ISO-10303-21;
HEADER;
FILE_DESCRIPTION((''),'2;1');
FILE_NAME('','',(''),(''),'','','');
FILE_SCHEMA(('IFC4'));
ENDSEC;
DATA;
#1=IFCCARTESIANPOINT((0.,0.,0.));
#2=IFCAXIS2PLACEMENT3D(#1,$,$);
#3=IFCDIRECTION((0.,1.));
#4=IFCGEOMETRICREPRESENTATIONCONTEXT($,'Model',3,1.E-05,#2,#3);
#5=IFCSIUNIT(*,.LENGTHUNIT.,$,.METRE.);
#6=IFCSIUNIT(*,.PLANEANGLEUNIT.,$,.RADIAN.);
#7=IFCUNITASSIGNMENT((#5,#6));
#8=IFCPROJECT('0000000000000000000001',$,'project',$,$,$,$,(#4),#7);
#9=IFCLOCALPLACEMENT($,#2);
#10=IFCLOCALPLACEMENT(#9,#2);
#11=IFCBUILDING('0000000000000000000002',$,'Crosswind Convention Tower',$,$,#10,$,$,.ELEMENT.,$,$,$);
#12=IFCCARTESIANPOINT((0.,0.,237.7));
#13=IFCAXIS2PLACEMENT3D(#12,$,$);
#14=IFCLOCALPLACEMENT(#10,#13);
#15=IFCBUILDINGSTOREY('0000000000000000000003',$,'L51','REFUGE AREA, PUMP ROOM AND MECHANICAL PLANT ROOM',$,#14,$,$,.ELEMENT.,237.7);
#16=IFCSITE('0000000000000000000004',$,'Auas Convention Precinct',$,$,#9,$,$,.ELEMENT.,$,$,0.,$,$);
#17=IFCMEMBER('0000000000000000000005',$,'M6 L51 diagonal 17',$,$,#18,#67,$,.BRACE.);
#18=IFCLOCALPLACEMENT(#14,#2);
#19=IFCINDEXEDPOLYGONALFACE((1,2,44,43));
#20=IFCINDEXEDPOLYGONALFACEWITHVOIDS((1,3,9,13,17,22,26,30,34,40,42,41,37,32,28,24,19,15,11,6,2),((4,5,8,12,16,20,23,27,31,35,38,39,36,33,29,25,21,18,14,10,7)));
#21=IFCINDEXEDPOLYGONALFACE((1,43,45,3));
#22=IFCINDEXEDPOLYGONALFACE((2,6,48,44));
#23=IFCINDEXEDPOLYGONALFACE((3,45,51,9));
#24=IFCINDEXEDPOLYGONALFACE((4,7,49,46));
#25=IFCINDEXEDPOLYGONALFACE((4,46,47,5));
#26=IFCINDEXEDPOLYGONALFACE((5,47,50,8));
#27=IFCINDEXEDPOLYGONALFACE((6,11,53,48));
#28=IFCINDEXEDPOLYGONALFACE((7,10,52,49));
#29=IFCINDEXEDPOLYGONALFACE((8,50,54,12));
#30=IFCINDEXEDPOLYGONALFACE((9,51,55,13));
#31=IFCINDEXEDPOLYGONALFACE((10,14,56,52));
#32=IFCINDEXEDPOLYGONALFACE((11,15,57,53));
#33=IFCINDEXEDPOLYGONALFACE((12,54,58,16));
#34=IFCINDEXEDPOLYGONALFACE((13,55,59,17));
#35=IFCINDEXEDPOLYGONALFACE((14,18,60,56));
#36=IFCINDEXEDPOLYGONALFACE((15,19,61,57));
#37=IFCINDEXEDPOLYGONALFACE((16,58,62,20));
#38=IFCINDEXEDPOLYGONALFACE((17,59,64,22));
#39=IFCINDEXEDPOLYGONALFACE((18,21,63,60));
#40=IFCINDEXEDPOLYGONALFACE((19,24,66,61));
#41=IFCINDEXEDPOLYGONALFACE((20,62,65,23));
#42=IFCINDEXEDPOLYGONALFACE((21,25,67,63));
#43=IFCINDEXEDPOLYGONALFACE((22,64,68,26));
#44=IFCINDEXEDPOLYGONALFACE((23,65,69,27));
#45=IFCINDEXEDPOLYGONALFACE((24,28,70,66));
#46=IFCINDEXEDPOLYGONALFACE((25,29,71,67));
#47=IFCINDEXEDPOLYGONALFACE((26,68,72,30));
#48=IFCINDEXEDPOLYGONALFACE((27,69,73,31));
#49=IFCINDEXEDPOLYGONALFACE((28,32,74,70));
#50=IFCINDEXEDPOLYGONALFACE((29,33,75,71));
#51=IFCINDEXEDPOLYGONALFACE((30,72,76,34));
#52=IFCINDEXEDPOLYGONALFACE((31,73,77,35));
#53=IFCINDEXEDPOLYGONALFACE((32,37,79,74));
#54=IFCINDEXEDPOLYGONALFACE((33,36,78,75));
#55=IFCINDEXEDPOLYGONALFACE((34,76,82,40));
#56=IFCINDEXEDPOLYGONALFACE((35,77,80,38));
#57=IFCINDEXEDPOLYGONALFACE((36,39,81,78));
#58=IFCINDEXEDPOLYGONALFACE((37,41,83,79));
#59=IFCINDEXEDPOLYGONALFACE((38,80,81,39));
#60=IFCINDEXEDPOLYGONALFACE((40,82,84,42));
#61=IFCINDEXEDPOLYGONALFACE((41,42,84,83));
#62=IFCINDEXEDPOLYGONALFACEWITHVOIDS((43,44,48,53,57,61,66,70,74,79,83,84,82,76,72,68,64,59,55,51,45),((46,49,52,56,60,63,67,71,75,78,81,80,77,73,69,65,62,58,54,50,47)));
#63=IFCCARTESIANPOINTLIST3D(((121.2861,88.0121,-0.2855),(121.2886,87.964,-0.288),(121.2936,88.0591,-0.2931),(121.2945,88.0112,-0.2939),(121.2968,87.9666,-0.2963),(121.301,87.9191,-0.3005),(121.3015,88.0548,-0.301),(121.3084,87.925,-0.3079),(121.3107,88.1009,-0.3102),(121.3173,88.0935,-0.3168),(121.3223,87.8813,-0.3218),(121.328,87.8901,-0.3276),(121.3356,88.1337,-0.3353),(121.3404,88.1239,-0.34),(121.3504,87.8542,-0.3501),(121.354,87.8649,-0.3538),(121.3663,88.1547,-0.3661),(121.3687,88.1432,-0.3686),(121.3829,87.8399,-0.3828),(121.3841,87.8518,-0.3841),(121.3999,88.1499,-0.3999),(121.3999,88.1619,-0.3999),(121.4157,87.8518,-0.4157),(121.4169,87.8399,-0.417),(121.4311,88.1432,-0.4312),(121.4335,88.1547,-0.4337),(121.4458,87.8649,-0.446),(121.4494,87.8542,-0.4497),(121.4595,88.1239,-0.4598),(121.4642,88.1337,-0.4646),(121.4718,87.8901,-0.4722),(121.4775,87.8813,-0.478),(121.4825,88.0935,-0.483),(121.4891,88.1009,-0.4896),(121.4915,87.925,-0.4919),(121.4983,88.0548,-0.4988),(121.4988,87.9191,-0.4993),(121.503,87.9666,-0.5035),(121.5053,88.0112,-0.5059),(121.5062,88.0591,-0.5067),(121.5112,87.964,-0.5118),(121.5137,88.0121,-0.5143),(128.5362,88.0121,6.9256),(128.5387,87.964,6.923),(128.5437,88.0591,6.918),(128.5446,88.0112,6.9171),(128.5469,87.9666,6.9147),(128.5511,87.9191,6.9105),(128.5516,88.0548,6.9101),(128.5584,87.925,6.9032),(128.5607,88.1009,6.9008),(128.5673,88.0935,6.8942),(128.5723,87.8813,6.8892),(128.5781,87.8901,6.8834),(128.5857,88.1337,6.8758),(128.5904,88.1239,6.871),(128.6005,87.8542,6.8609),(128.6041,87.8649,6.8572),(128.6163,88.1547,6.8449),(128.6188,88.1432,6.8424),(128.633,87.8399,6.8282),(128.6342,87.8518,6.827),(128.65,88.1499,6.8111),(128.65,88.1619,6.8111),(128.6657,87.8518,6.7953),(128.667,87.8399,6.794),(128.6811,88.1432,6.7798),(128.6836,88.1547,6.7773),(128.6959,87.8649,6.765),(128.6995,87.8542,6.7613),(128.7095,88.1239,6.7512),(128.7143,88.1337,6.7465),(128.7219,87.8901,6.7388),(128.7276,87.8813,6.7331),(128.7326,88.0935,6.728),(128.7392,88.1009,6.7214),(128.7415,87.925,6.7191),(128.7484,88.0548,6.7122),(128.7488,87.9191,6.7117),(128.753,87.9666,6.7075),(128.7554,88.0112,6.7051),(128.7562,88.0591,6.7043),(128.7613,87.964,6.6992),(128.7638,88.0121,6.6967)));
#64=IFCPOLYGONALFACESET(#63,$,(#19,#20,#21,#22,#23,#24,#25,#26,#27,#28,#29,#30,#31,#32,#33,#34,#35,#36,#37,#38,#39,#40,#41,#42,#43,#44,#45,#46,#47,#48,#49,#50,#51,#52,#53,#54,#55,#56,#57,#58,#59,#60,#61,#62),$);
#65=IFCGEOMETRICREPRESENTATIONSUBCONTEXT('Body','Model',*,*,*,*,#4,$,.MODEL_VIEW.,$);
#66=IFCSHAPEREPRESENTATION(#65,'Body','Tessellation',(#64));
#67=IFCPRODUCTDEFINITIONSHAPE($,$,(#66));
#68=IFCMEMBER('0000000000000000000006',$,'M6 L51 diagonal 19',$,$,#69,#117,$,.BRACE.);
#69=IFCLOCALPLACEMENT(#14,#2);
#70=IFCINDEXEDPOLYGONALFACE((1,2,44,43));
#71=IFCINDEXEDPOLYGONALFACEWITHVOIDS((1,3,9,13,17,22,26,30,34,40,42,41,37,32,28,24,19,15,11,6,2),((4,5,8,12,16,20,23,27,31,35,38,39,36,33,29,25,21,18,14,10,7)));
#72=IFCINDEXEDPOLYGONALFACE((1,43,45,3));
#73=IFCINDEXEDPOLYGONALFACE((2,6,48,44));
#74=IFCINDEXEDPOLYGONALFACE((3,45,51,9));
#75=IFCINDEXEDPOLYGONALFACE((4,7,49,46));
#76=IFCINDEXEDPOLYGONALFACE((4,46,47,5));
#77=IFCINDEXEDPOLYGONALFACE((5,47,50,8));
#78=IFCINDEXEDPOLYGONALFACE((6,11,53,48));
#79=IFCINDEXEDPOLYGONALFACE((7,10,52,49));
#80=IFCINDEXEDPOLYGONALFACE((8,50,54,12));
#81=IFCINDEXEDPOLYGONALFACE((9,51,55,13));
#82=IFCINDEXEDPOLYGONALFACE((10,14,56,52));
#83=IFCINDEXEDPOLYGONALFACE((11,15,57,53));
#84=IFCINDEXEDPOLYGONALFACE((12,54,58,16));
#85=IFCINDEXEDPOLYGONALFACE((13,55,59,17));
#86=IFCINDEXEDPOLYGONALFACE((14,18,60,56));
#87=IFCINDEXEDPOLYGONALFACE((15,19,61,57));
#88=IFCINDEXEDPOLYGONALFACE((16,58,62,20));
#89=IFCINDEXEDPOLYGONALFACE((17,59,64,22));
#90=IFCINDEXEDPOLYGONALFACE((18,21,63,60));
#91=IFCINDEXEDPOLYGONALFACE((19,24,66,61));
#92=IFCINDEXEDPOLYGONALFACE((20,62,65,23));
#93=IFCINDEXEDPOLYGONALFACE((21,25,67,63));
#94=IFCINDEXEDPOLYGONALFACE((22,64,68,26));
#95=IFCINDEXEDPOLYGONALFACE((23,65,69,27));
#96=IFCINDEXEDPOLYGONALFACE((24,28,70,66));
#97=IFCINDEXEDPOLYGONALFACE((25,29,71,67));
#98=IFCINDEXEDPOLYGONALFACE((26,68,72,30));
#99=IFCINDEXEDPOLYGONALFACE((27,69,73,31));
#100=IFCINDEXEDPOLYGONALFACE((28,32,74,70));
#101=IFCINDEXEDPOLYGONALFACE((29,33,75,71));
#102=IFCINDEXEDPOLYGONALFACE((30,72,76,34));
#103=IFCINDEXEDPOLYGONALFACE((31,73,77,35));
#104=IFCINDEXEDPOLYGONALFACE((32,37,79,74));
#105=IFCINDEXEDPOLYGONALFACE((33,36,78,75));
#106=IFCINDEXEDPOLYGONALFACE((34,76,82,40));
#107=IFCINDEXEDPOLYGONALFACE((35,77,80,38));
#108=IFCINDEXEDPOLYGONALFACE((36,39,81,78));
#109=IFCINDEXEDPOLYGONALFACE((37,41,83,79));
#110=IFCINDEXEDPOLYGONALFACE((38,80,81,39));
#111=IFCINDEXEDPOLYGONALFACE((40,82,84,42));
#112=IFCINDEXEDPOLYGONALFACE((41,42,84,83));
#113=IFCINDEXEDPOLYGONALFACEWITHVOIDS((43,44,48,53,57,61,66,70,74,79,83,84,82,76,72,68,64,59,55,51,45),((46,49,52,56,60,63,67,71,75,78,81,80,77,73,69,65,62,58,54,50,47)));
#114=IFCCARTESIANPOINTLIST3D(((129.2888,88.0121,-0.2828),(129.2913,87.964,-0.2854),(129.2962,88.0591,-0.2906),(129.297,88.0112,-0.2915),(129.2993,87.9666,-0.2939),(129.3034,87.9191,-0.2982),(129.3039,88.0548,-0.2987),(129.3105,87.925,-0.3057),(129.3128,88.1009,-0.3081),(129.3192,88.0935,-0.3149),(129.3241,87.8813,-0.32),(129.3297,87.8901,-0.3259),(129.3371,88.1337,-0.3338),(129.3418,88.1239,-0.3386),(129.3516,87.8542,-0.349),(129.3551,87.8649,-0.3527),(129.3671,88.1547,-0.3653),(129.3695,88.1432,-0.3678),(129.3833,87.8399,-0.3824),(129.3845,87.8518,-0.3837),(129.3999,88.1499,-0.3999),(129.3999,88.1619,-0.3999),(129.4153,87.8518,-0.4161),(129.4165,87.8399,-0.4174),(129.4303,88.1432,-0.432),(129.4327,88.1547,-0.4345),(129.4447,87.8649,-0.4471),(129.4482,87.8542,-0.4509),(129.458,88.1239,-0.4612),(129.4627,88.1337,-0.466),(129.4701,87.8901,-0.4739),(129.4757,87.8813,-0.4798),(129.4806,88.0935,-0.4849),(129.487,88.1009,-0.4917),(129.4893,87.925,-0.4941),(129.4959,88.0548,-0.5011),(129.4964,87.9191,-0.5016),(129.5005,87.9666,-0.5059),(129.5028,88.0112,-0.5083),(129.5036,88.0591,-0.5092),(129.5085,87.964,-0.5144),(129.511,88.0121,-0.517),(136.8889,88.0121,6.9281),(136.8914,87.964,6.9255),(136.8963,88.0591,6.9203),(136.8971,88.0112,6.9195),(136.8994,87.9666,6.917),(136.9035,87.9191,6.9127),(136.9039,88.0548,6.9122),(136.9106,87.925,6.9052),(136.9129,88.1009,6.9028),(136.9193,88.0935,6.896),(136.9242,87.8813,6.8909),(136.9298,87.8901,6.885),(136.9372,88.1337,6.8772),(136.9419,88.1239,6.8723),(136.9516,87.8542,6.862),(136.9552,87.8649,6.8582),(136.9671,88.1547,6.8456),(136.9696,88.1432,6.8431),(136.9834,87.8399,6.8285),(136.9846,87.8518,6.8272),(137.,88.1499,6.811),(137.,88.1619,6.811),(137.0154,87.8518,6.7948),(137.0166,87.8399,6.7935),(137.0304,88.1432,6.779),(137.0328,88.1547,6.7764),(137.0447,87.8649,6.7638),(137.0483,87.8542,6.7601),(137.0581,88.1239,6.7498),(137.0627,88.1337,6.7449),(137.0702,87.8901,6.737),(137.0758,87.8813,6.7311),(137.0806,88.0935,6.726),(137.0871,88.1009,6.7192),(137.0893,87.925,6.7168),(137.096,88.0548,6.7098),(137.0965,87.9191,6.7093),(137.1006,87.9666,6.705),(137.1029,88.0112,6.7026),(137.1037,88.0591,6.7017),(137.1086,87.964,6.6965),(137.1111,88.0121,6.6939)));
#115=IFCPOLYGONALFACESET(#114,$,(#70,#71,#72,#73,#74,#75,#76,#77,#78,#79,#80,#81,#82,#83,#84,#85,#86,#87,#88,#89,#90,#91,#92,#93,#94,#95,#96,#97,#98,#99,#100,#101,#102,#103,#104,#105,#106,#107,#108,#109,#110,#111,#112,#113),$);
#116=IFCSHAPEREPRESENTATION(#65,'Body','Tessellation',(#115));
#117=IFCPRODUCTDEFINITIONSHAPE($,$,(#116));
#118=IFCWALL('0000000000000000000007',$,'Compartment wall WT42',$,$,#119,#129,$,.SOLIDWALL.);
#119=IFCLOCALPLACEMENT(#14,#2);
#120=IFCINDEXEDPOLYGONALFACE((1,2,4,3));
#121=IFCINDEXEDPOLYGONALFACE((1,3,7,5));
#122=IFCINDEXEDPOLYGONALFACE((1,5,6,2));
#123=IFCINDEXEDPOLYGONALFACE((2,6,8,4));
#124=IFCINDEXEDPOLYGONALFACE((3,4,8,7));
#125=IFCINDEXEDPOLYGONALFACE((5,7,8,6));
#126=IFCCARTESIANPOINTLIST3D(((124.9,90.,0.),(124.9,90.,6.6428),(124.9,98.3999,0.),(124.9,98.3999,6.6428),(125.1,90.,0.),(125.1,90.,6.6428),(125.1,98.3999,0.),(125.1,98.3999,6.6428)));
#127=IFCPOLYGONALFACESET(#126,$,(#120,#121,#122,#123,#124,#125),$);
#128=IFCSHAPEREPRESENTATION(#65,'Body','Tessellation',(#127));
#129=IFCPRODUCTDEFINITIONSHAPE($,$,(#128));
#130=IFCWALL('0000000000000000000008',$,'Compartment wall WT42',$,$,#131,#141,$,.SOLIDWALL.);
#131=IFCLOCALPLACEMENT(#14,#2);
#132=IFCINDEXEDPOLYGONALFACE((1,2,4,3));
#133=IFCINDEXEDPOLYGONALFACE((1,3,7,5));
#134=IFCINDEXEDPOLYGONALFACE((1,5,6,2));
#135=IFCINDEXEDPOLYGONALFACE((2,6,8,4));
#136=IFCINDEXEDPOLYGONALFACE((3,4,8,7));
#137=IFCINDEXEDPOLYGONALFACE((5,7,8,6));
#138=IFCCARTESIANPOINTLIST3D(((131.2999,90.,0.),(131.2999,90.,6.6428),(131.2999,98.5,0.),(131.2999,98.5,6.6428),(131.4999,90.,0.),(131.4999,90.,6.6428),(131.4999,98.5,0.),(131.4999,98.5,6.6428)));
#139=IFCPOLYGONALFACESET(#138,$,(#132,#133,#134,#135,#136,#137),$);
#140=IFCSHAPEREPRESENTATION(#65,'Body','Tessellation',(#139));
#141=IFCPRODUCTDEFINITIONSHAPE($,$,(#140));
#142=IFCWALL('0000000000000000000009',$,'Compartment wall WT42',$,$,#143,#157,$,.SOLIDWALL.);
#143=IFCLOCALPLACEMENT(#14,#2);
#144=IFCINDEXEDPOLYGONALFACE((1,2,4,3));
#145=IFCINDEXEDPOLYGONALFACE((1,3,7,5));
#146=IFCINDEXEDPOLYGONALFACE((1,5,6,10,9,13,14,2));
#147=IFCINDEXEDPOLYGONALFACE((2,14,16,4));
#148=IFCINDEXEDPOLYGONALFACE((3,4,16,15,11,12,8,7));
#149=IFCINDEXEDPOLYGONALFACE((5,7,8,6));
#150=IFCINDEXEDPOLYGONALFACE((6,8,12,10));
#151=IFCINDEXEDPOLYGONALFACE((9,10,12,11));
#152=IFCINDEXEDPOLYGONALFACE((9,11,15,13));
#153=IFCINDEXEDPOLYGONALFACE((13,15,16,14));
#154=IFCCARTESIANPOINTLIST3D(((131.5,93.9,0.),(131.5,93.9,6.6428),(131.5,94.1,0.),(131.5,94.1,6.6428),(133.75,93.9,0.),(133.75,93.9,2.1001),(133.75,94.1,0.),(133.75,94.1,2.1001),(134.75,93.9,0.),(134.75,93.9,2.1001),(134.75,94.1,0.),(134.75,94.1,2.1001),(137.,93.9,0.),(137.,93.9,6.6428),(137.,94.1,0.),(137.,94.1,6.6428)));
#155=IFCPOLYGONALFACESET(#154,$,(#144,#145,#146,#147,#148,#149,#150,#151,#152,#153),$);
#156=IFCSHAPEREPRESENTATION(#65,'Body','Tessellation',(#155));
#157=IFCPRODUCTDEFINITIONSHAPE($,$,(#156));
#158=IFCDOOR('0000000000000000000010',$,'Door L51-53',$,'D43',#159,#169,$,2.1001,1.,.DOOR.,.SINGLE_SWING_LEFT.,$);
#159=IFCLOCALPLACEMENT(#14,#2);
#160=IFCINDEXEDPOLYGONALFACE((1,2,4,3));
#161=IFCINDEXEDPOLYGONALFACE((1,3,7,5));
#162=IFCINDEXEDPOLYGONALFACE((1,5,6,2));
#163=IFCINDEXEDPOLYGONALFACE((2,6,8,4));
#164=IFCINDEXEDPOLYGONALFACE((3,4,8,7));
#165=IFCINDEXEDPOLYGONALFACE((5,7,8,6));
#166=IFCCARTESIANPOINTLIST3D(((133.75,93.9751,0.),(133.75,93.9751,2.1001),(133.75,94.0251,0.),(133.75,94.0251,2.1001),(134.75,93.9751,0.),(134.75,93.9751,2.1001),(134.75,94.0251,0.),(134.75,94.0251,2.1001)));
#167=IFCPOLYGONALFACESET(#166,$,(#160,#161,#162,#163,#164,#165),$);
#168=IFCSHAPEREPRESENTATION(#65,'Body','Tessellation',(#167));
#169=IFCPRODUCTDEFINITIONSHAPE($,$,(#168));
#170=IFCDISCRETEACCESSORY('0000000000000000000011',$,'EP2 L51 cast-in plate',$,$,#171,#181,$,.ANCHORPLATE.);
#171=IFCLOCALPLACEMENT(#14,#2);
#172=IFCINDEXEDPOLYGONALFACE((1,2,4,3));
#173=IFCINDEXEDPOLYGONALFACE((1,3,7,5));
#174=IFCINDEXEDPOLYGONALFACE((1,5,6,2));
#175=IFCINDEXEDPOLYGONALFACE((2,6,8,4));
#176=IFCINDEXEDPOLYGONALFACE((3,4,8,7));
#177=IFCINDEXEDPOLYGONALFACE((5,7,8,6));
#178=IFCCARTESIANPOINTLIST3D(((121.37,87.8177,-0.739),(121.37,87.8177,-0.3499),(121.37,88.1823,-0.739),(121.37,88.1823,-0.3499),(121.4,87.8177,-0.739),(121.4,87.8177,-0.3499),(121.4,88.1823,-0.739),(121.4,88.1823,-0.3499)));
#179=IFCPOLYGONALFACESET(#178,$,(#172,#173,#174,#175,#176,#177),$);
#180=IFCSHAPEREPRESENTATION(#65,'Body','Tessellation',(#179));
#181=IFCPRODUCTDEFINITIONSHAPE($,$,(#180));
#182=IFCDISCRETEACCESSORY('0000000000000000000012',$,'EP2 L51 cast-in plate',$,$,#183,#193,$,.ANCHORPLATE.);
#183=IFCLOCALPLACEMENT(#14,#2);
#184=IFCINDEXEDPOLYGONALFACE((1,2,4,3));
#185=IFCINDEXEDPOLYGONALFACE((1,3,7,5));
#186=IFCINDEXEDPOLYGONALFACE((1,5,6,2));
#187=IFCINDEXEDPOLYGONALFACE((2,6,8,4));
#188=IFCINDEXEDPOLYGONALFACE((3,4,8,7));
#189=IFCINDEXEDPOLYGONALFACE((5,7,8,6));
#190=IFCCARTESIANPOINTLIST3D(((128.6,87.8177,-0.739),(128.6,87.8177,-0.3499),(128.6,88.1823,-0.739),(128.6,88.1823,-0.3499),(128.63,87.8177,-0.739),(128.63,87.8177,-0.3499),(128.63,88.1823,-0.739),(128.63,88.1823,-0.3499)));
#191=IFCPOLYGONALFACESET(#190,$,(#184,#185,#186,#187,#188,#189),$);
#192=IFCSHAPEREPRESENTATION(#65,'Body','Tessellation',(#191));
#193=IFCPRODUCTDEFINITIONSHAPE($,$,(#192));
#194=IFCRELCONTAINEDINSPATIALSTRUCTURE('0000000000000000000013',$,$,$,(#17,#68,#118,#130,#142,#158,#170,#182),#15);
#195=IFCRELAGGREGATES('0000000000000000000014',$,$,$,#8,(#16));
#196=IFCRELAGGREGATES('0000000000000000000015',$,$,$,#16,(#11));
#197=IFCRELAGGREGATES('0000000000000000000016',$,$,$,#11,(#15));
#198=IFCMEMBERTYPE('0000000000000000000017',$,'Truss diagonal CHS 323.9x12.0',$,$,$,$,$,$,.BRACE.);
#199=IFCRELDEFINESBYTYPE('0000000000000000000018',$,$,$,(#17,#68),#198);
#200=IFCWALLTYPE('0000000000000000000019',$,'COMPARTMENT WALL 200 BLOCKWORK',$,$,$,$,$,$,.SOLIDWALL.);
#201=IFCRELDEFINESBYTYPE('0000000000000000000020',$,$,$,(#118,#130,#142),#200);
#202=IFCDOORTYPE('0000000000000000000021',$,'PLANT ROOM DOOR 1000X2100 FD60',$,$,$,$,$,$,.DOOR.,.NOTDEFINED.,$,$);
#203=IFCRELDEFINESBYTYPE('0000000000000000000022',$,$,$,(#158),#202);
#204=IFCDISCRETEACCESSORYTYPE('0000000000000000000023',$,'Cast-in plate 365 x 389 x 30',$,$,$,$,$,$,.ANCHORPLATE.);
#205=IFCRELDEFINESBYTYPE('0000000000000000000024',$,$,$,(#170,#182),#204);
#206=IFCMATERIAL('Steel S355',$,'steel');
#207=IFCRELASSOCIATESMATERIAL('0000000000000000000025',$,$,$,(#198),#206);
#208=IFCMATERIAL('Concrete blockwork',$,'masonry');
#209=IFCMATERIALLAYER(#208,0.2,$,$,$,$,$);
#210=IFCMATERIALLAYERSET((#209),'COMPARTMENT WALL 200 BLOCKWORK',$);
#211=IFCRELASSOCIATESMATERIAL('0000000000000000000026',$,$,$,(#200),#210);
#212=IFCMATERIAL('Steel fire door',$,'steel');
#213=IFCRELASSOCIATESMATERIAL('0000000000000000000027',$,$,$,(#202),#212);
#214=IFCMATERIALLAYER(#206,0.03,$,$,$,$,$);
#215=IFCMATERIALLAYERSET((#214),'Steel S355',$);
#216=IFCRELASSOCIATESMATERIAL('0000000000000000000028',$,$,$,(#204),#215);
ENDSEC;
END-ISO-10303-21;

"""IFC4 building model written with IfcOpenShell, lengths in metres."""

from ifc_helpers import new_model, si_unit, direction, frame, frame_2d, origin, origin_2d, place, context, subcontext, project, spatial, rectangle, hollow_circle, extrude, material, layer, layer_set, material_profile, profile_set, type_object, element, fill, save


model = new_model("IFC4")

# Units and contexts
model_context = context("Model", 3, precision=1e-05, world=origin(), true_north=direction((0.0, 1.0)))
body_context = subcontext(model_context, "Body", "Model", "MODEL_VIEW")
ifc_project = project(units=[si_unit("LENGTHUNIT", "METRE"), si_unit("PLANEANGLEUNIT", "RADIAN")], contexts=[model_context])

# Site, building, storey
site_placement = place(None, origin())
site = spatial("IfcSite", under=ifc_project, at=site_placement, Name="Auas Convention Precinct", CompositionType="ELEMENT", RefElevation=0.0)
building_placement = place(site_placement, origin())
building = spatial("IfcBuilding", under=site, at=building_placement, Name="Crosswind Convention Tower", CompositionType="ELEMENT")
storey_placement = place(building_placement, frame((0.0, 0.0, 237.7)))
storey = spatial("IfcBuildingStorey", under=building, at=storey_placement, Name="L51", Description="REFUGE AREA, PUMP ROOM AND MECHANICAL PLANT ROOM", CompositionType="ELEMENT", Elevation=237.7)

# Shared definitions
ifc_material_1 = material(Name="Steel S355", Category="steel")

# Members
ifc_material_profile_1 = material_profile(ifc_material_1, hollow_circle(Radius=0.1619, WallThickness=0.012, at=origin_2d()), Name="CHS 323.9x12.0")
ifc_profile_set_1 = profile_set([ifc_material_profile_1], Name="Steel S355")
member_type_1 = type_object("IfcMemberType", Name="Truss diagonal CHS 323.9x12.0", PredefinedType="BRACE", material=ifc_profile_set_1)
member_1_placement = place(storey_placement, frame((121.3999, 88.0, -0.3999), z_axis=(0.709014, 0.0, 0.705194), x_axis=(0.0, 1.0, 0.0)))
element("IfcMember", 1, at=member_1_placement, inside=storey, type_object=member_type_1, Name="M6 L51 diagonal 17", PredefinedType="BRACE", context=body_context, shape_type="SweptSolid", body=[
    extrude(hollow_circle(Radius=0.1619, WallThickness=0.012, at=origin_2d()), origin(), (0.0, 0.0, 1.0), 10.2256),
])
member_2_placement = place(storey_placement, frame((129.3999, 88.0, -0.3999), z_axis=(0.725436, 0.0, 0.68829), x_axis=(0.0, 1.0, 0.0)))
element("IfcMember", 2, at=member_2_placement, inside=storey, type_object=member_type_1, Name="M6 L51 diagonal 19", PredefinedType="BRACE", context=body_context, shape_type="SweptSolid", body=[
    extrude(hollow_circle(Radius=0.1619, WallThickness=0.012, at=origin_2d()), origin(), (0.0, 0.0, 1.0), 10.4766),
])

# Walls
ifc_material_2 = material(Name="Concrete blockwork", Category="masonry")
ifc_layer_1 = layer(ifc_material_2, 0.2)
ifc_layer_set_1 = layer_set([ifc_layer_1], Name="COMPARTMENT WALL 200 BLOCKWORK")
wall_type = type_object("IfcWallType", Name="COMPARTMENT WALL 200 BLOCKWORK", PredefinedType="SOLIDWALL", material=ifc_layer_set_1)
wall_1_placement = place(storey_placement, frame((125.0, 90.0, 0.0), z_axis=(0.0, 0.0, 1.0), x_axis=(0.0, 1.0, 0.0)))
element("IfcWall", 3, at=wall_1_placement, inside=storey, type_object=wall_type, Name="Compartment wall WT42", PredefinedType="SOLIDWALL", context=body_context, shape_type="SweptSolid", body=[
    extrude(rectangle(XDim=8.3999, YDim=0.2, at=frame_2d((4.2, 0.0))), origin(), (0.0, 0.0, 1.0), 6.6428),
])
wall_2_placement = place(storey_placement, frame((131.3999, 90.0, 0.0), z_axis=(0.0, 0.0, 1.0), x_axis=(0.0, 1.0, 0.0)))
element("IfcWall", 4, at=wall_2_placement, inside=storey, type_object=wall_type, Name="Compartment wall WT42", PredefinedType="SOLIDWALL", context=body_context, shape_type="SweptSolid", body=[
    extrude(rectangle(XDim=8.5, YDim=0.2, at=frame_2d((4.25, 0.0))), origin(), (0.0, 0.0, 1.0), 6.6428),
])

# Wall, opening, door
wall_3_placement = place(storey_placement, frame((131.5, 94.0, 0.0), z_axis=(0.0, 0.0, 1.0), x_axis=(1.0, 0.0, 0.0)))
wall_3 = element("IfcWall", 5, at=wall_3_placement, inside=storey, type_object=wall_type, Name="Compartment wall WT42", PredefinedType="SOLIDWALL", context=body_context, shape_type="SweptSolid", body=[
    extrude(rectangle(XDim=5.5, YDim=0.2, at=frame_2d((2.75, 0.0))), origin(), (0.0, 0.0, 1.0), 6.6428),
])
opening_placement = place(wall_3_placement, frame((2.25, 0.0, 0.0)))
opening = element("IfcOpeningElement", 6, at=opening_placement, cuts=wall_3, PredefinedType="OPENING", context=body_context, shape_type="SweptSolid", body=[
    extrude(rectangle(XDim=1.0, YDim=2.1001, at=frame_2d((0.5, 1.05))), frame((0.0, 0.1099, 0.0), z_axis=(0.0, -1.0, 0.0), x_axis=(1.0, 0.0, 0.0)), (0.0, 0.0, 1.0), 0.22),
])
ifc_material_3 = material(Name="Steel fire door", Category="steel")
door_type = type_object("IfcDoorType", Name="PLANT ROOM DOOR 1000X2100 FD60", OperationType="NOTDEFINED", PredefinedType="DOOR", material=ifc_material_3)
door_placement = place(opening_placement, frame((1.0, 0.0, 0.0), z_axis=(0.0, 0.0, 1.0), x_axis=(-1.0, 0.0, 0.0)))
door = element("IfcDoor", 7, at=door_placement, inside=storey, type_object=door_type, Name="Door L51-53", ObjectType="D43", OperationType="SINGLE_SWING_LEFT", OverallHeight=2.1001, OverallWidth=1.0, PredefinedType="DOOR", context=body_context, shape_type="SweptSolid", body=[
    extrude(rectangle(XDim=1.0, YDim=2.1001, at=frame_2d((0.5, 1.05))), frame((0.0, 0.0249, 0.0), z_axis=(0.0, -1.0, 0.0), x_axis=(1.0, 0.0, 0.0)), (0.0, 0.0, 1.0), 0.05),
])
fill(opening, door)

# Discrete accessories
ifc_layer_2 = layer(ifc_material_1, 0.03)
ifc_layer_set_2 = layer_set([ifc_layer_2], Name="Steel S355")
discrete_accessory_type_1 = type_object("IfcDiscreteAccessoryType", Name="Cast-in plate 365 x 389 x 30", PredefinedType="ANCHORPLATE", material=ifc_layer_set_2)
for number, where, z_axis, x_axis, name in (
    (8, (121.385, 88.0, -0.739), (0.0, 0.0, 1.0), (1.0, 0.0, 0.0), "EP2 L51 cast-in plate"),
    (9, (128.615, 88.0, -0.739), (0.0, 0.0, 1.0), (1.0, 0.0, 0.0), "EP2 L51 cast-in plate"),
):
    element("IfcDiscreteAccessory", number, at=place(storey_placement, frame(where, z_axis=z_axis, x_axis=x_axis)), inside=storey, type_object=discrete_accessory_type_1, Name=name, PredefinedType="ANCHORPLATE", context=body_context, shape_type="SweptSolid", body=[
        extrude(rectangle(XDim=0.03, YDim=0.3645, at=origin_2d()), origin(), (0.0, 0.0, 1.0), 0.3892),
    ])

save(model, "model.ifc")
